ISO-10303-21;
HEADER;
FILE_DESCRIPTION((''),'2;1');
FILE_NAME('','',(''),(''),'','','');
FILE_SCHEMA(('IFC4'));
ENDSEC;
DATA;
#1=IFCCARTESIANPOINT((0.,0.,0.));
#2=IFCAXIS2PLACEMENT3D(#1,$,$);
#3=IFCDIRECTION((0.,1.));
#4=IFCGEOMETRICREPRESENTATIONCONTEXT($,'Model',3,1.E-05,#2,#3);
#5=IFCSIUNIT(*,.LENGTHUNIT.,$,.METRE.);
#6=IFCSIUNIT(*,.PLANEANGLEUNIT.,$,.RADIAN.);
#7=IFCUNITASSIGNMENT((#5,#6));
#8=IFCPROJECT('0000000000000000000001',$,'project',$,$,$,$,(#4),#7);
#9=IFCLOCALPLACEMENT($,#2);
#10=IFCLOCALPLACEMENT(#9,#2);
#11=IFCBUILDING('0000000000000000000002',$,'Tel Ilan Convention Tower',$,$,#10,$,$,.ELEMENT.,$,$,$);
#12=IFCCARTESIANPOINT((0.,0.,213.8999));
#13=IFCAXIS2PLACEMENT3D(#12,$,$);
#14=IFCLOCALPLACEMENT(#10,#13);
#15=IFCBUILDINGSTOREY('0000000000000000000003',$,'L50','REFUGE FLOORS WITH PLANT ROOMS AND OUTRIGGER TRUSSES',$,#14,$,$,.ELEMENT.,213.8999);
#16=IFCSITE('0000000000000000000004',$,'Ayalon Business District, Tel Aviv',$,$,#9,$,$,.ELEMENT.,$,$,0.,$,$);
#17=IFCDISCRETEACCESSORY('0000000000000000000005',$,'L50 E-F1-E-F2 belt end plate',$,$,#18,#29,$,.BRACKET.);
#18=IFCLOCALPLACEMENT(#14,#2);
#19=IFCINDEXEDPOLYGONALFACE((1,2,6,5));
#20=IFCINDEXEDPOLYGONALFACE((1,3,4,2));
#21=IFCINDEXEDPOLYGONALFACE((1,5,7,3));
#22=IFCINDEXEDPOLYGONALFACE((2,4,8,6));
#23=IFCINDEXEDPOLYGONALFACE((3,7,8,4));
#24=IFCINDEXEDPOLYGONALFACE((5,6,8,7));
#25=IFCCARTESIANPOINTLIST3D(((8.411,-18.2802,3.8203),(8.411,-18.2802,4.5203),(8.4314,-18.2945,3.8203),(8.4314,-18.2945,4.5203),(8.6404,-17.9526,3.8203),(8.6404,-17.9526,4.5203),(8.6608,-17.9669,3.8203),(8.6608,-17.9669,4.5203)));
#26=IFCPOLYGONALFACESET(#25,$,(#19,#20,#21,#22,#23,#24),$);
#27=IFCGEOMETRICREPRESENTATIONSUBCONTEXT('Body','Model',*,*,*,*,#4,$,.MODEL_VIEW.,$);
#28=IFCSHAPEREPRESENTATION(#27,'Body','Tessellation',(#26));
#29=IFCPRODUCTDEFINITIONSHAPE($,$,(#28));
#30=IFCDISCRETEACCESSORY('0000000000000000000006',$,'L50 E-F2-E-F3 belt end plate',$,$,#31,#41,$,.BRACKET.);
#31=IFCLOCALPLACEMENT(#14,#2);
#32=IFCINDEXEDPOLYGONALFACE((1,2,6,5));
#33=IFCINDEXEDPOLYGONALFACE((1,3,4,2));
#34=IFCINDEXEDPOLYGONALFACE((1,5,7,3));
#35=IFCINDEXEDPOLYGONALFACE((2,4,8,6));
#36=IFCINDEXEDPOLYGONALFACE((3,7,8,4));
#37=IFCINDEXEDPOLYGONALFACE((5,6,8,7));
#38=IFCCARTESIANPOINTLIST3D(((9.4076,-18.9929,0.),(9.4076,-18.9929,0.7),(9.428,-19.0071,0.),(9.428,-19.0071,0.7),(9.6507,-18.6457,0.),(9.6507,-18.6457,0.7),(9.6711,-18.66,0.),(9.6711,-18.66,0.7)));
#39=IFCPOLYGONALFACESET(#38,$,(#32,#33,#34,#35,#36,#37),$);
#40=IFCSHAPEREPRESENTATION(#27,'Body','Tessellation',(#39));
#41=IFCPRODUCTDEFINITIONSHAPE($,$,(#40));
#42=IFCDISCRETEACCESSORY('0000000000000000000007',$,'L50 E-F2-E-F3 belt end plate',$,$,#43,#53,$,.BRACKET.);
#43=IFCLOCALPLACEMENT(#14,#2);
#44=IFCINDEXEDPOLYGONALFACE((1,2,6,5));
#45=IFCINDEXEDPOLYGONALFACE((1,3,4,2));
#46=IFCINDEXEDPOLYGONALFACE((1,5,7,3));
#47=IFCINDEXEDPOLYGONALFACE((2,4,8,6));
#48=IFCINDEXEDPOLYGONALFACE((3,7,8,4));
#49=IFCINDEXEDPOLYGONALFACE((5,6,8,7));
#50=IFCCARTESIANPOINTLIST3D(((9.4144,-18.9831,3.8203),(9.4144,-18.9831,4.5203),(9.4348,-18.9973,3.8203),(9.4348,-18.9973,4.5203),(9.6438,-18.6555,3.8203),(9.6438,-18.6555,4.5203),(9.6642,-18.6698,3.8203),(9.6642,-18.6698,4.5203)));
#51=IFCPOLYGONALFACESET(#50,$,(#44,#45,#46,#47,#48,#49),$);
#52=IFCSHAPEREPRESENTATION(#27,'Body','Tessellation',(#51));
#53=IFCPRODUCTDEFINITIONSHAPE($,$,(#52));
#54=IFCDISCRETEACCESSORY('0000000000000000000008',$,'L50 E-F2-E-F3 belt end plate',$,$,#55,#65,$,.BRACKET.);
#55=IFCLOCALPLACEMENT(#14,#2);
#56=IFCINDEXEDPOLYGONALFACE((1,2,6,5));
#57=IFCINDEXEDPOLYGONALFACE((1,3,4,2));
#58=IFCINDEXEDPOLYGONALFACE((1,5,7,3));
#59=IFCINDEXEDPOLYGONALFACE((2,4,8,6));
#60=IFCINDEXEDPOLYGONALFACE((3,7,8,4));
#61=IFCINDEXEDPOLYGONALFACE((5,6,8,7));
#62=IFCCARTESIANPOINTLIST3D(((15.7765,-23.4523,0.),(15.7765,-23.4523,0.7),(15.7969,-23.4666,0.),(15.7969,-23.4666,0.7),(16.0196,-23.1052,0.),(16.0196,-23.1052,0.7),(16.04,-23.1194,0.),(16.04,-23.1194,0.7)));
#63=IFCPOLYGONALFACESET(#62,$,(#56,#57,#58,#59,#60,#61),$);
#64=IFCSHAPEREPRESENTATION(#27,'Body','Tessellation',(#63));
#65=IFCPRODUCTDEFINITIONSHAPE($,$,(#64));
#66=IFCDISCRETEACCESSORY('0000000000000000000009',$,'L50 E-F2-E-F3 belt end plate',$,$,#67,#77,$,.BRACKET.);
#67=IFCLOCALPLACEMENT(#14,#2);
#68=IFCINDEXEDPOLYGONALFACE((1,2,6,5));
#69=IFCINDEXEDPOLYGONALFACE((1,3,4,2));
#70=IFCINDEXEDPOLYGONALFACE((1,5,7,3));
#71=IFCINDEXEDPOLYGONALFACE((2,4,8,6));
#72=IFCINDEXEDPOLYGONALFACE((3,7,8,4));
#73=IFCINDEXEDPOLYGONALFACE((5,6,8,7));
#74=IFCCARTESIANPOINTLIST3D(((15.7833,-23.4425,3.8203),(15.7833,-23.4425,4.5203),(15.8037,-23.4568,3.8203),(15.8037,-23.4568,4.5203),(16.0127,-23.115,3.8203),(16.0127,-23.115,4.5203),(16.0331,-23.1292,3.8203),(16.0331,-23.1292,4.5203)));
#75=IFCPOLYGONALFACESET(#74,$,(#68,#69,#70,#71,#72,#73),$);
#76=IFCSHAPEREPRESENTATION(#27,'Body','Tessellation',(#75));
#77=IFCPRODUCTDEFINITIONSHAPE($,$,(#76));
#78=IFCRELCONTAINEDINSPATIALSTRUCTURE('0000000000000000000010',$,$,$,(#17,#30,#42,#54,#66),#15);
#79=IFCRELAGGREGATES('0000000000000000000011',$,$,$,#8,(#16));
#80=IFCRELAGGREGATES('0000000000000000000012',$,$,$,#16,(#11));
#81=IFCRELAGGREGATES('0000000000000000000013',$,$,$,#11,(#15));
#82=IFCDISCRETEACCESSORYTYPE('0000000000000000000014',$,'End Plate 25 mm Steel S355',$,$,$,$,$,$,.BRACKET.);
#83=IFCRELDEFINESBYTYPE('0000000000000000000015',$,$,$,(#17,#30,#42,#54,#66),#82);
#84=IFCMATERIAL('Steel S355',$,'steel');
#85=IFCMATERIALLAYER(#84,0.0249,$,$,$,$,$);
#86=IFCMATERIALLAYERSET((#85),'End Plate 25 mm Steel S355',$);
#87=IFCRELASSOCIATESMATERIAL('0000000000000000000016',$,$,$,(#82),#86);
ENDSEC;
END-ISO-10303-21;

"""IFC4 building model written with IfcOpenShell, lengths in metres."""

from ifc_helpers import new_model, si_unit, direction, frame, origin, origin_2d, place, context, subcontext, project, spatial, rectangle, extrude, material, layer, layer_set, type_object, element, save


model = new_model("IFC4")

# Units and contexts
model_context = context("Model", 3, precision=1e-05, world=origin(), true_north=direction((0.0, 1.0)))
body_context = subcontext(model_context, "Body", "Model", "MODEL_VIEW")
ifc_project = project(units=[si_unit("LENGTHUNIT", "METRE"), si_unit("PLANEANGLEUNIT", "RADIAN")], contexts=[model_context])

# Site, building, storey
site_placement = place(None, origin())
site = spatial("IfcSite", under=ifc_project, at=site_placement, Name="Ayalon Business District, Tel Aviv", CompositionType="ELEMENT", RefElevation=0.0)
building_placement = place(site_placement, origin())
building = spatial("IfcBuilding", under=site, at=building_placement, Name="Tel Ilan Convention Tower", CompositionType="ELEMENT")
storey_placement = place(building_placement, frame((0.0, 0.0, 213.8999)))
storey = spatial("IfcBuildingStorey", under=building, at=storey_placement, Name="L50", Description="REFUGE FLOORS WITH PLANT ROOMS AND OUTRIGGER TRUSSES", CompositionType="ELEMENT", Elevation=213.8999)

# Discrete accessories
ifc_material_1 = material(Name="Steel S355", Category="steel")
ifc_layer_1 = layer(ifc_material_1, 0.0249)
ifc_layer_set_1 = layer_set([ifc_layer_1], Name="End Plate 25 mm Steel S355")
discrete_accessory_type_1 = type_object("IfcDiscreteAccessoryType", Name="End Plate 25 mm Steel S355", PredefinedType="BRACKET", material=ifc_layer_set_1)
discrete_accessory_1_placement = place(storey_placement, frame((8.5359, -18.1235, 3.8203), z_axis=(0.0, 0.0, 1.0), x_axis=(0.819152, -0.573576, 0.0)))
element("IfcDiscreteAccessory", 1, at=discrete_accessory_1_placement, inside=storey, type_object=discrete_accessory_type_1, Name="L50 E-F1-E-F2 belt end plate", PredefinedType="BRACKET", context=body_context, shape_type="SweptSolid", body=[
    extrude(rectangle(XDim=0.0249, YDim=0.3999, at=origin_2d()), origin(), (0.0, 0.0, 1.0), 0.7),
])
discrete_accessory_2_placement = place(storey_placement, frame((9.5393, -18.8264, 0.0), z_axis=(0.0, 0.0, 1.0), x_axis=(-0.819152, 0.573576, 0.0)))
element("IfcDiscreteAccessory", 2, at=discrete_accessory_2_placement, inside=storey, type_object=discrete_accessory_type_1, Name="L50 E-F2-E-F3 belt end plate", PredefinedType="BRACKET", context=body_context, shape_type="SweptSolid", body=[
    extrude(rectangle(XDim=0.0249, YDim=0.4238, at=origin_2d()), origin(), (0.0, 0.0, 1.0), 0.7),
])
discrete_accessory_3_placement = place(storey_placement, frame((9.5393, -18.8264, 3.8203), z_axis=(0.0, 0.0, 1.0), x_axis=(-0.819152, 0.573576, 0.0)))
element("IfcDiscreteAccessory", 3, at=discrete_accessory_3_placement, inside=storey, type_object=discrete_accessory_type_1, Name="L50 E-F2-E-F3 belt end plate", PredefinedType="BRACKET", context=body_context, shape_type="SweptSolid", body=[
    extrude(rectangle(XDim=0.0249, YDim=0.3999, at=origin_2d()), origin(), (0.0, 0.0, 1.0), 0.7),
])
discrete_accessory_4_placement = place(storey_placement, frame((15.9082, -23.2859, 0.0), z_axis=(0.0, 0.0, 1.0), x_axis=(0.819152, -0.573576, 0.0)))
element("IfcDiscreteAccessory", 4, at=discrete_accessory_4_placement, inside=storey, type_object=discrete_accessory_type_1, Name="L50 E-F2-E-F3 belt end plate", PredefinedType="BRACKET", context=body_context, shape_type="SweptSolid", body=[
    extrude(rectangle(XDim=0.0249, YDim=0.4238, at=origin_2d()), origin(), (0.0, 0.0, 1.0), 0.7),
])
discrete_accessory_5_placement = place(storey_placement, frame((15.9082, -23.2859, 3.8203), z_axis=(0.0, 0.0, 1.0), x_axis=(0.819152, -0.573576, 0.0)))
element("IfcDiscreteAccessory", 5, at=discrete_accessory_5_placement, inside=storey, type_object=discrete_accessory_type_1, Name="L50 E-F2-E-F3 belt end plate", PredefinedType="BRACKET", context=body_context, shape_type="SweptSolid", body=[
    extrude(rectangle(XDim=0.0249, YDim=0.3999, at=origin_2d()), origin(), (0.0, 0.0, 1.0), 0.7),
])

save(model, "model.ifc")
